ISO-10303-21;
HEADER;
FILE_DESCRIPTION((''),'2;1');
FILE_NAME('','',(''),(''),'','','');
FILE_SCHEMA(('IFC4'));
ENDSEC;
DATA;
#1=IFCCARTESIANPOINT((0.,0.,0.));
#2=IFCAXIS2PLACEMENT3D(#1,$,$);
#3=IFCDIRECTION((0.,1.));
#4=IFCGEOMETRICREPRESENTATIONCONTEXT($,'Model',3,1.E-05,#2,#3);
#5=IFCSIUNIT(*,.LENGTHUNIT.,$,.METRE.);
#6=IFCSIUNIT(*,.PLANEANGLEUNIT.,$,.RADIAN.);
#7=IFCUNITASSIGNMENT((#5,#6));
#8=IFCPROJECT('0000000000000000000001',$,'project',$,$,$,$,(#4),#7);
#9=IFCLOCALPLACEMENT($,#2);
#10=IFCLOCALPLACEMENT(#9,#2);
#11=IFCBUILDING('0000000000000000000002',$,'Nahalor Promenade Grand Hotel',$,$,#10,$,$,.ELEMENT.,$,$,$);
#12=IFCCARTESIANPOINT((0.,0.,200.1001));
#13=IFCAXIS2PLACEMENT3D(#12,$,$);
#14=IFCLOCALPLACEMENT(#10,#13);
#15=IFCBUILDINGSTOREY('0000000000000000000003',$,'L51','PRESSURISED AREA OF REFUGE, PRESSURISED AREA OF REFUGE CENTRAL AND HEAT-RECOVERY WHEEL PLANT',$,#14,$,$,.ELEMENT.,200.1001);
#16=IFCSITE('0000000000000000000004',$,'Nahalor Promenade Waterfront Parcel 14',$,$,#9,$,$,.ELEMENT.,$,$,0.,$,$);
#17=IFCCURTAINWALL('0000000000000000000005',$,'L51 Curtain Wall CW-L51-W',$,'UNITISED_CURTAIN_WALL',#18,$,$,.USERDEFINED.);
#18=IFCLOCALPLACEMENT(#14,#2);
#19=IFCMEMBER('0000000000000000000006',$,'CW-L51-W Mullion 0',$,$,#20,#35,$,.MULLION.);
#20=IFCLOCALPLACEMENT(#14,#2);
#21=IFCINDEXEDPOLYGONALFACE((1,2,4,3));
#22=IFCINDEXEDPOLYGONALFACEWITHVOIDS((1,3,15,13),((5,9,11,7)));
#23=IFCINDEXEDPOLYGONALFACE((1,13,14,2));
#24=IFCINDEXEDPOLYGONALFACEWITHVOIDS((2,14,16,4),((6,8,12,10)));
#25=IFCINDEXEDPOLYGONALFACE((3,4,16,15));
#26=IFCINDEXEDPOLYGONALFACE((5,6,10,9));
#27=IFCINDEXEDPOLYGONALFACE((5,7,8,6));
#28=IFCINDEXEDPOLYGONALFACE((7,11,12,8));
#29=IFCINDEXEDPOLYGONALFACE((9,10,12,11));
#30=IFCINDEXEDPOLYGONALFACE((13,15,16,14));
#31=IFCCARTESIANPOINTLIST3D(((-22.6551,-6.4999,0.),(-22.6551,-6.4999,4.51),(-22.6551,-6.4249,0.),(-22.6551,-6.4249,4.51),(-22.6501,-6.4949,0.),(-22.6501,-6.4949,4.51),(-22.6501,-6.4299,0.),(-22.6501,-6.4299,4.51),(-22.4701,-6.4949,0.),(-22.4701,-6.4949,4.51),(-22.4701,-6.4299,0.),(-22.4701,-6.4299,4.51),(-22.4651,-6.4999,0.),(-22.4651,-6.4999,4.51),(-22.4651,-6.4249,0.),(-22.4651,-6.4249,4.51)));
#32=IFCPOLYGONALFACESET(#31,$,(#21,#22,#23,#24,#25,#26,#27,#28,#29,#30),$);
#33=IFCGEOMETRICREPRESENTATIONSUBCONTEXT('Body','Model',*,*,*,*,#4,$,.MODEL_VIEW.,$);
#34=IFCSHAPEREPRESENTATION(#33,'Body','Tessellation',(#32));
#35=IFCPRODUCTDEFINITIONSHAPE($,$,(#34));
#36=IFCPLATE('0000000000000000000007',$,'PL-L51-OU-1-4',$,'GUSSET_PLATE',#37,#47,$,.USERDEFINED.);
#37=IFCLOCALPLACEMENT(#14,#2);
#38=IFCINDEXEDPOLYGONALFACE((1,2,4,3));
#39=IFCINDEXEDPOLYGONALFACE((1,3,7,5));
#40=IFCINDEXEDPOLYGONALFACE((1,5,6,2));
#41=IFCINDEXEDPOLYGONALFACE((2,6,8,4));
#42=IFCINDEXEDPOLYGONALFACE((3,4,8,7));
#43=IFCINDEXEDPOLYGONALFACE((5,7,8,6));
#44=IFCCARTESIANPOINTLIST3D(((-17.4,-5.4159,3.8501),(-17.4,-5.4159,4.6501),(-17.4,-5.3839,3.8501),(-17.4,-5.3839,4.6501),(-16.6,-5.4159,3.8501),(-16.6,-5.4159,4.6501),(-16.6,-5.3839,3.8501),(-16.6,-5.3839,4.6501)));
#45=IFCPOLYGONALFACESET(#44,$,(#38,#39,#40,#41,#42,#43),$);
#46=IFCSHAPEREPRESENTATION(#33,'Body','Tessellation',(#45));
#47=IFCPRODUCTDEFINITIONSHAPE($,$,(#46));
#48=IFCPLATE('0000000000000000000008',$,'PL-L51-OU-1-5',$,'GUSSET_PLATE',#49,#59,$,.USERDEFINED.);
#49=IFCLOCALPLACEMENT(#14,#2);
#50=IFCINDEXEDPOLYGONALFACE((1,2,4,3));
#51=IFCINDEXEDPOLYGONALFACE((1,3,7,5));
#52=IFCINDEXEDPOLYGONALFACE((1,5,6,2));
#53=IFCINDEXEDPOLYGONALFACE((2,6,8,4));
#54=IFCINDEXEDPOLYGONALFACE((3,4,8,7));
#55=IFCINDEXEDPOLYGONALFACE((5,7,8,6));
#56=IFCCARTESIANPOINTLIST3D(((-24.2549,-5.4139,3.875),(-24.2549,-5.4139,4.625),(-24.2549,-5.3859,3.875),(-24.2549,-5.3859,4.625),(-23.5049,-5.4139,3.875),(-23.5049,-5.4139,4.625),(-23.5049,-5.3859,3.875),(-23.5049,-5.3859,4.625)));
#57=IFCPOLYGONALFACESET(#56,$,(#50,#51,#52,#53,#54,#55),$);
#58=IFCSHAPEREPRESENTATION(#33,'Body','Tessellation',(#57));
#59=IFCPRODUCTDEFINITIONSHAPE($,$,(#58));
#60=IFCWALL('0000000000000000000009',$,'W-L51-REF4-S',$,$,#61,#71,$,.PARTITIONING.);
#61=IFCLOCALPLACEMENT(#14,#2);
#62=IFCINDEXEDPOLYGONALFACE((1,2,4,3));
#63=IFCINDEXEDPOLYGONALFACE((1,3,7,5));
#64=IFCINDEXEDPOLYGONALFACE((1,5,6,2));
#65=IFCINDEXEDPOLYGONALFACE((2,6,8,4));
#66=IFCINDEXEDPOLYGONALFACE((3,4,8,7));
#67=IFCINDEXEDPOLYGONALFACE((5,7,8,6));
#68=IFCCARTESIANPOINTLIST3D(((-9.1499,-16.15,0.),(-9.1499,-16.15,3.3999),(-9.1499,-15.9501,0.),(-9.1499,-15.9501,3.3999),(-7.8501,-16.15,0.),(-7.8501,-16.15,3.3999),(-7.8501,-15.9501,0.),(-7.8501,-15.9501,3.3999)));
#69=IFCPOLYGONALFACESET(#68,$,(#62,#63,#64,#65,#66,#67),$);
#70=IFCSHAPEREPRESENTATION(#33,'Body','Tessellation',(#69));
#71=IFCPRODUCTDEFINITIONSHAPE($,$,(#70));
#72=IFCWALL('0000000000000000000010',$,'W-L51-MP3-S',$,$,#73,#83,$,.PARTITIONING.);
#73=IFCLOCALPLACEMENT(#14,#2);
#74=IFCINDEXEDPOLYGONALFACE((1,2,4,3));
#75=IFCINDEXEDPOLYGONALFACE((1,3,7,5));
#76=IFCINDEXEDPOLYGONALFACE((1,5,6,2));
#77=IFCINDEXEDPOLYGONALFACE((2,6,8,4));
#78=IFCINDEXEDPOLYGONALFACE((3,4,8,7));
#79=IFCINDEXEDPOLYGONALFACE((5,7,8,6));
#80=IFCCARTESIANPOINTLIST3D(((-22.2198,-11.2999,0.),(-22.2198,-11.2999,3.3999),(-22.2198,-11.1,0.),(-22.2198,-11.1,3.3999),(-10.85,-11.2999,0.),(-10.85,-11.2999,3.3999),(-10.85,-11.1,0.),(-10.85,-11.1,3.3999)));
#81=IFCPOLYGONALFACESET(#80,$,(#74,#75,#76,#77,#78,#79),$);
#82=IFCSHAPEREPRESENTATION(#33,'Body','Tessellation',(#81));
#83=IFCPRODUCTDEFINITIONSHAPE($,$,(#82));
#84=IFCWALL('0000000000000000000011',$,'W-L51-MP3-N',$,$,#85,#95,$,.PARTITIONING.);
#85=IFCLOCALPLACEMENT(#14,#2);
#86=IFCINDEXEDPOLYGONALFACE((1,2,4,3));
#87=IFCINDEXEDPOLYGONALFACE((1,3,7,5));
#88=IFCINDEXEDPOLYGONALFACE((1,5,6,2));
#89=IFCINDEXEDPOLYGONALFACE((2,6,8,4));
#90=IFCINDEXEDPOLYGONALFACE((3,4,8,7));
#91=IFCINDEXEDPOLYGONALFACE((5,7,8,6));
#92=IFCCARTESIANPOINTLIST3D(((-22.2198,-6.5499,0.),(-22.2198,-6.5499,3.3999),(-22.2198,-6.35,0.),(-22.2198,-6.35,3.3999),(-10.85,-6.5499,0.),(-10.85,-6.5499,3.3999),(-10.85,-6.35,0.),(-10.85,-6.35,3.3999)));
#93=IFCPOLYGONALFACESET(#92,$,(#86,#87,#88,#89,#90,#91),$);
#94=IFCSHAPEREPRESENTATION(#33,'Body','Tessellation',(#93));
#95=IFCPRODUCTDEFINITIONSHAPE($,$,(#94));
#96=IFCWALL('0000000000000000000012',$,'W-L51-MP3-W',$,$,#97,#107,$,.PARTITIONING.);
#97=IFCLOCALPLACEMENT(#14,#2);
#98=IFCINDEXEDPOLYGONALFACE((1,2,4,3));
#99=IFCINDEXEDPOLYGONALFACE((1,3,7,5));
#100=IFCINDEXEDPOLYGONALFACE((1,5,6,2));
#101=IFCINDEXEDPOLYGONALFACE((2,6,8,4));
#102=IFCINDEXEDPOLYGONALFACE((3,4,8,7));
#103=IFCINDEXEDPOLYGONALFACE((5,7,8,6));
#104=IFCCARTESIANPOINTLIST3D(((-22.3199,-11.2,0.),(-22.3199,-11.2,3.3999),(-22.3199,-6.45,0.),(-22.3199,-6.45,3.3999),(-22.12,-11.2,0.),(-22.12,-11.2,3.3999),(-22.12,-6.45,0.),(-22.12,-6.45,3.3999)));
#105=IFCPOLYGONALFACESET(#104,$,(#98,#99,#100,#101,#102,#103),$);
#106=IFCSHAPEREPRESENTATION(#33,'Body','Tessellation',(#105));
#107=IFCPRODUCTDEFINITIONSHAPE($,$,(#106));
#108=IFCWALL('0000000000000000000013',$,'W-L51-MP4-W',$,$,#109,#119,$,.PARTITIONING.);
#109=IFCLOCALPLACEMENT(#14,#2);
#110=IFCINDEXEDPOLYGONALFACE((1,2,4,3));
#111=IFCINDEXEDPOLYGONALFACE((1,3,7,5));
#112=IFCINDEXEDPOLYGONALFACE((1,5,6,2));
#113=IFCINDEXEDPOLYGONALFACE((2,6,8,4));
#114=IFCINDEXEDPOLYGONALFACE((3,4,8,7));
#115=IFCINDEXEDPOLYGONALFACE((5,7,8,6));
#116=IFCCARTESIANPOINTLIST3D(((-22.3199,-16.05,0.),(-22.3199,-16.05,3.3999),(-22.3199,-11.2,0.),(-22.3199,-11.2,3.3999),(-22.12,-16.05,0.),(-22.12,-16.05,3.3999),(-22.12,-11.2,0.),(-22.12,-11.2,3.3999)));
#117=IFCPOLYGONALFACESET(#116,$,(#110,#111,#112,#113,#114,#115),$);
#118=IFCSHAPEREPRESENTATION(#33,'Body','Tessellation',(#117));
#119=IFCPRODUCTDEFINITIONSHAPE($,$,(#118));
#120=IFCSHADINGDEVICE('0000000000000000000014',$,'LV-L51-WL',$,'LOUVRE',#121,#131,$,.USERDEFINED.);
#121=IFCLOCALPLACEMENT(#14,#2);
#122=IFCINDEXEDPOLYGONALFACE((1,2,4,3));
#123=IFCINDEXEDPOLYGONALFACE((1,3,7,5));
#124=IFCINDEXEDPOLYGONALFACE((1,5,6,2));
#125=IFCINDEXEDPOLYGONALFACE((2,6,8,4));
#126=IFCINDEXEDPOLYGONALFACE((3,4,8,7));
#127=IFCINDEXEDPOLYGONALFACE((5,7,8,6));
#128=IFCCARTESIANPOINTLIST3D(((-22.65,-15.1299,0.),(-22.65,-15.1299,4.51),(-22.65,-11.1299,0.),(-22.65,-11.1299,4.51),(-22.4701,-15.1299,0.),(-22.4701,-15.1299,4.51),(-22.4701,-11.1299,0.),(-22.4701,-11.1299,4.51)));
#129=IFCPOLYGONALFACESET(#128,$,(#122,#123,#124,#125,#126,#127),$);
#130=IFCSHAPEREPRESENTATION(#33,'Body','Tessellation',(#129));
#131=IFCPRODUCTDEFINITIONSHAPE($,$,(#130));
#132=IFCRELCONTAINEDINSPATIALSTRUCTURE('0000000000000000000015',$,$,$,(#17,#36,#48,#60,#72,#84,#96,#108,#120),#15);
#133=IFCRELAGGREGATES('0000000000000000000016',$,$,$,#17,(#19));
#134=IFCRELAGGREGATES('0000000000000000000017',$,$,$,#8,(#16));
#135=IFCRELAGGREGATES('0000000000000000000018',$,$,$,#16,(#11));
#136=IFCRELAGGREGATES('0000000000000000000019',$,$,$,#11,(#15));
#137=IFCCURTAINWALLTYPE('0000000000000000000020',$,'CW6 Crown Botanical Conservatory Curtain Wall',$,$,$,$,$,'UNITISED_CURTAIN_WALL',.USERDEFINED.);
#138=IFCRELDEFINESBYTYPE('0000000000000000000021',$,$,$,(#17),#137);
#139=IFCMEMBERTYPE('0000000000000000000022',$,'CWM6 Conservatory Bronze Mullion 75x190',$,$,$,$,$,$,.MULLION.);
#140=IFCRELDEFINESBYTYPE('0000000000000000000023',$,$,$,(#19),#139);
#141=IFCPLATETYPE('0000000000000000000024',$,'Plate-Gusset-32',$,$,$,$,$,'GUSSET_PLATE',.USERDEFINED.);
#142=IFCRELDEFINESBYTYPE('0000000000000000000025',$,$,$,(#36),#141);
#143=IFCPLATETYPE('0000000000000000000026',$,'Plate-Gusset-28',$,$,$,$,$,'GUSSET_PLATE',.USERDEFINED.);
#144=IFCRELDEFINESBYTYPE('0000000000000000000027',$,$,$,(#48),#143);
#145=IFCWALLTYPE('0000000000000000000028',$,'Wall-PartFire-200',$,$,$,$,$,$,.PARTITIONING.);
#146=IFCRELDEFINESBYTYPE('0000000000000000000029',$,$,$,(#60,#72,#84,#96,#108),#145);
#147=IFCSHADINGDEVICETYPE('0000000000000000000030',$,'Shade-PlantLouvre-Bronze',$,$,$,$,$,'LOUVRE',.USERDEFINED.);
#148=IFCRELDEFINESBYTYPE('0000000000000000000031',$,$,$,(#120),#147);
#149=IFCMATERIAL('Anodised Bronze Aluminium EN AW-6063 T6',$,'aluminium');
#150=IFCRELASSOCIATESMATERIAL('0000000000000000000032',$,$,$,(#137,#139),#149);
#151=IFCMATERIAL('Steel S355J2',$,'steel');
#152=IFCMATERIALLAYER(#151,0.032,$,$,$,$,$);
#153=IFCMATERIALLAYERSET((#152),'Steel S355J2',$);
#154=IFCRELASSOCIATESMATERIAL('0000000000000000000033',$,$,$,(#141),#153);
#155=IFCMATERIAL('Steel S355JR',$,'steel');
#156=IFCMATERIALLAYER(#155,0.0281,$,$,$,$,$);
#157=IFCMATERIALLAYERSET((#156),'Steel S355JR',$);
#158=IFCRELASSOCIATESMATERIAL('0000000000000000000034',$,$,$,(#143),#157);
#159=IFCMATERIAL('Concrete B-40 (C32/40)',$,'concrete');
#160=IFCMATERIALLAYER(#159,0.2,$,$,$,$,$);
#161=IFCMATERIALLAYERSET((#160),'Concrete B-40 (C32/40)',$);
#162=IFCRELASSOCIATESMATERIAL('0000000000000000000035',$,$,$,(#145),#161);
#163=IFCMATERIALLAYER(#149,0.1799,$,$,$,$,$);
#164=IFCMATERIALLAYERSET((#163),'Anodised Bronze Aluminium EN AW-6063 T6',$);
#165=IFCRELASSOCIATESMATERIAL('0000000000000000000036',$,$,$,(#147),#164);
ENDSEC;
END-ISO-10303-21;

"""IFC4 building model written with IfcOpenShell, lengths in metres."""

from ifc_helpers import new_model, si_unit, direction, frame, frame_2d, origin, origin_2d, place, context, subcontext, project, spatial, rectangle, hollow_rectangle, extrude, source, transform, mapped, material, layer, layer_set, material_profile, profile_set, type_object, element, aggregate, save


model = new_model("IFC4")

# Units and contexts
model_context = context("Model", 3, precision=1e-05, world=origin(), true_north=direction((0.0, 1.0)))
body_context = subcontext(model_context, "Body", "Model", "MODEL_VIEW")
ifc_project = project(units=[si_unit("LENGTHUNIT", "METRE"), si_unit("PLANEANGLEUNIT", "RADIAN")], contexts=[model_context])

# Site, building, storey
site_placement = place(None, origin())
site = spatial("IfcSite", under=ifc_project, at=site_placement, Name="Nahalor Promenade Waterfront Parcel 14", CompositionType="ELEMENT", RefElevation=0.0)
building_placement = place(site_placement, origin())
building = spatial("IfcBuilding", under=site, at=building_placement, Name="Nahalor Promenade Grand Hotel", CompositionType="ELEMENT")
storey_placement = place(building_placement, frame((0.0, 0.0, 200.1001)))
storey = spatial("IfcBuildingStorey", under=building, at=storey_placement, Name="L51", Description="PRESSURISED AREA OF REFUGE, PRESSURISED AREA OF REFUGE CENTRAL AND HEAT-RECOVERY WHEEL PLANT", CompositionType="ELEMENT", Elevation=200.1001)

# Shared definitions
ifc_material_1 = material(Name="Steel S355J2", Category="steel")

# Shared definitions
ifc_material_2 = material(Name="Steel S355JR", Category="steel")

# Curtain wall, member
ifc_material_3 = material(Name="Anodised Bronze Aluminium EN AW-6063 T6", Category="aluminium")
curtain_wall_type = type_object("IfcCurtainWallType", Name="CW6 Crown Botanical Conservatory Curtain Wall", ElementType="UNITISED_CURTAIN_WALL", PredefinedType="USERDEFINED", material=ifc_material_3)
curtain_wall_placement = place(storey_placement, origin())
curtain_wall = element("IfcCurtainWall", 1, at=curtain_wall_placement, inside=storey, type_object=curtain_wall_type, Name="L51 Curtain Wall CW-L51-W", ObjectType="UNITISED_CURTAIN_WALL", PredefinedType="USERDEFINED")
ifc_material_profile_1 = material_profile(ifc_material_3, hollow_rectangle(XDim=0.075, YDim=0.19, WallThickness=0.005, at=origin_2d()), Name="CWM 75x190x5")
ifc_profile_set_1 = profile_set([ifc_material_profile_1], Name="Anodised Bronze Aluminium EN AW-6063 T6")
member_type_1 = type_object("IfcMemberType", Name="CWM6 Conservatory Bronze Mullion 75x190", PredefinedType="MULLION", material=ifc_profile_set_1)
shared_shape_1 = source(origin(), body_context, "Body", "SweptSolid", [
    extrude(hollow_rectangle(XDim=0.075, YDim=0.19, WallThickness=0.005, at=origin_2d()), origin(), (0.0, 0.0, 1.0), 4.51),
])
member_1_placement = place(storey_placement, frame((-22.5601, -6.4624, 0.0), z_axis=(0.0, 0.0, 1.0), x_axis=(0.0, 1.0, 0.0)))
member_1 = element("IfcMember", 2, at=member_1_placement, type_object=member_type_1, Name="CW-L51-W Mullion 0", PredefinedType="MULLION", context=body_context, shape_type="MappedRepresentation", body=[
    mapped(shared_shape_1, transform((0.0, 0.0, 0.0), scale=1.0)),
])
aggregate(curtain_wall, [member_1])

# Plates
ifc_layer_1 = layer(ifc_material_1, 0.032)
ifc_layer_set_1 = layer_set([ifc_layer_1], Name="Steel S355J2")
plate_type_1 = type_object("IfcPlateType", Name="Plate-Gusset-32", ElementType="GUSSET_PLATE", PredefinedType="USERDEFINED", material=ifc_layer_set_1)
shared_shape_2 = source(origin(), body_context, "Body", "SweptSolid", [
    extrude(rectangle(XDim=0.8, YDim=0.032, at=origin_2d()), origin(), (0.0, 0.0, 1.0), 0.8),
])
plate_1_placement = place(storey_placement, frame((-17.0, -5.3999, 3.8501), z_axis=(0.0, 0.0, 1.0), x_axis=(1.0, 0.0, 0.0)))
element("IfcPlate", 3, at=plate_1_placement, inside=storey, type_object=plate_type_1, Name="PL-L51-OU-1-4", ObjectType="GUSSET_PLATE", PredefinedType="USERDEFINED", context=body_context, shape_type="MappedRepresentation", body=[
    mapped(shared_shape_2, transform((0.0, 0.0, 0.0), scale=1.0)),
])
ifc_layer_2 = layer(ifc_material_2, 0.0281)
ifc_layer_set_2 = layer_set([ifc_layer_2], Name="Steel S355JR")
plate_type_2 = type_object("IfcPlateType", Name="Plate-Gusset-28", ElementType="GUSSET_PLATE", PredefinedType="USERDEFINED", material=ifc_layer_set_2)
shared_shape_3 = source(origin(), body_context, "Body", "SweptSolid", [
    extrude(rectangle(XDim=0.75, YDim=0.0281, at=origin_2d()), origin(), (0.0, 0.0, 1.0), 0.75),
])
plate_2_placement = place(storey_placement, frame((-23.8799, -5.3999, 3.875), z_axis=(0.0, 0.0, 1.0), x_axis=(1.0, 0.0, 0.0)))
element("IfcPlate", 4, at=plate_2_placement, inside=storey, type_object=plate_type_2, Name="PL-L51-OU-1-5", ObjectType="GUSSET_PLATE", PredefinedType="USERDEFINED", context=body_context, shape_type="MappedRepresentation", body=[
    mapped(shared_shape_3, transform((0.0, 0.0, 0.0), scale=1.0)),
])

# Walls
ifc_material_4 = material(Name="Concrete B-40 (C32/40)", Category="concrete")
ifc_layer_3 = layer(ifc_material_4, 0.2)
ifc_layer_set_3 = layer_set([ifc_layer_3], Name="Concrete B-40 (C32/40)")
wall_type = type_object("IfcWallType", Name="Wall-PartFire-200", PredefinedType="PARTITIONING", material=ifc_layer_set_3)
shared_shape_4 = source(origin(), body_context, "Body", "SweptSolid", [
    extrude(rectangle(XDim=1.2998, YDim=0.2, at=frame_2d((0.6499, 0.0))), origin(), (0.0, 0.0, 1.0), 3.3999),
])
wall_1_placement = place(storey_placement, frame((-9.1499, -16.05, 0.0), z_axis=(0.0, 0.0, 1.0), x_axis=(1.0, 0.0, 0.0)))
element("IfcWall", 5, at=wall_1_placement, inside=storey, type_object=wall_type, Name="W-L51-REF4-S", PredefinedType="PARTITIONING", context=body_context, shape_type="MappedRepresentation", body=[
    mapped(shared_shape_4, transform((0.0, 0.0, 0.0), scale=1.0)),
])
shared_shape_5 = source(origin(), body_context, "Body", "SweptSolid", [
    extrude(rectangle(XDim=11.3699, YDim=0.2, at=frame_2d((5.6851, 0.0))), origin(), (0.0, 0.0, 1.0), 3.3999),
])
for number, where, z_axis, x_axis, name in (
    (6, (-22.22, -11.2, 0.0), (0.0, 0.0, 1.0), (1.0, 0.0, 0.0), "W-L51-MP3-S"),
    (7, (-22.22, -6.45, 0.0), (0.0, 0.0, 1.0), (1.0, 0.0, 0.0), "W-L51-MP3-N"),
):
    element("IfcWall", number, at=place(storey_placement, frame(where, z_axis=z_axis, x_axis=x_axis)), inside=storey, type_object=wall_type, Name=name, PredefinedType="PARTITIONING", context=body_context, shape_type="MappedRepresentation", body=[
        mapped(shared_shape_5, transform((0.0, 0.0, 0.0), scale=1.0)),
    ])
shared_shape_6 = source(origin(), body_context, "Body", "SweptSolid", [
    extrude(rectangle(XDim=4.75, YDim=0.2, at=frame_2d((2.375, 0.0))), origin(), (0.0, 0.0, 1.0), 3.3999),
])
wall_2_placement = place(storey_placement, frame((-22.22, -11.2, 0.0), z_axis=(0.0, 0.0, 1.0), x_axis=(0.0, 1.0, 0.0)))
element("IfcWall", 8, at=wall_2_placement, inside=storey, type_object=wall_type, Name="W-L51-MP3-W", PredefinedType="PARTITIONING", context=body_context, shape_type="MappedRepresentation", body=[
    mapped(shared_shape_6, transform((0.0, 0.0, 0.0), scale=1.0)),
])

# Wall
shared_shape_7 = source(origin(), body_context, "Body", "SweptSolid", [
    extrude(rectangle(XDim=4.8501, YDim=0.2, at=frame_2d((2.425, 0.0))), origin(), (0.0, 0.0, 1.0), 3.3999),
])
wall_3_placement = place(storey_placement, frame((-22.22, -16.05, 0.0), z_axis=(0.0, 0.0, 1.0), x_axis=(0.0, 1.0, 0.0)))
element("IfcWall", 9, at=wall_3_placement, inside=storey, type_object=wall_type, Name="W-L51-MP4-W", PredefinedType="PARTITIONING", context=body_context, shape_type="MappedRepresentation", body=[
    mapped(shared_shape_7, transform((0.0, 0.0, 0.0), scale=1.0)),
])

# Shading device
ifc_layer_4 = layer(ifc_material_3, 0.1799)
ifc_layer_set_4 = layer_set([ifc_layer_4], Name="Anodised Bronze Aluminium EN AW-6063 T6")
shading_device_type = type_object("IfcShadingDeviceType", Name="Shade-PlantLouvre-Bronze", ElementType="LOUVRE", PredefinedType="USERDEFINED", material=ifc_layer_set_4)
shared_shape_8 = source(origin(), body_context, "Body", "SweptSolid", [
    extrude(rectangle(XDim=4.0, YDim=0.1799, at=origin_2d()), origin(), (0.0, 0.0, 1.0), 4.51),
])
shading_device_placement = place(storey_placement, frame((-22.5601, -13.1299, 0.0), z_axis=(0.0, 0.0, 1.0), x_axis=(0.0, 1.0, 0.0)))
element("IfcShadingDevice", 10, at=shading_device_placement, inside=storey, type_object=shading_device_type, Name="LV-L51-WL", ObjectType="LOUVRE", PredefinedType="USERDEFINED", context=body_context, shape_type="MappedRepresentation", body=[
    mapped(shared_shape_8, transform((0.0, 0.0, 0.0), scale=1.0)),
])

save(model, "model.ifc")
